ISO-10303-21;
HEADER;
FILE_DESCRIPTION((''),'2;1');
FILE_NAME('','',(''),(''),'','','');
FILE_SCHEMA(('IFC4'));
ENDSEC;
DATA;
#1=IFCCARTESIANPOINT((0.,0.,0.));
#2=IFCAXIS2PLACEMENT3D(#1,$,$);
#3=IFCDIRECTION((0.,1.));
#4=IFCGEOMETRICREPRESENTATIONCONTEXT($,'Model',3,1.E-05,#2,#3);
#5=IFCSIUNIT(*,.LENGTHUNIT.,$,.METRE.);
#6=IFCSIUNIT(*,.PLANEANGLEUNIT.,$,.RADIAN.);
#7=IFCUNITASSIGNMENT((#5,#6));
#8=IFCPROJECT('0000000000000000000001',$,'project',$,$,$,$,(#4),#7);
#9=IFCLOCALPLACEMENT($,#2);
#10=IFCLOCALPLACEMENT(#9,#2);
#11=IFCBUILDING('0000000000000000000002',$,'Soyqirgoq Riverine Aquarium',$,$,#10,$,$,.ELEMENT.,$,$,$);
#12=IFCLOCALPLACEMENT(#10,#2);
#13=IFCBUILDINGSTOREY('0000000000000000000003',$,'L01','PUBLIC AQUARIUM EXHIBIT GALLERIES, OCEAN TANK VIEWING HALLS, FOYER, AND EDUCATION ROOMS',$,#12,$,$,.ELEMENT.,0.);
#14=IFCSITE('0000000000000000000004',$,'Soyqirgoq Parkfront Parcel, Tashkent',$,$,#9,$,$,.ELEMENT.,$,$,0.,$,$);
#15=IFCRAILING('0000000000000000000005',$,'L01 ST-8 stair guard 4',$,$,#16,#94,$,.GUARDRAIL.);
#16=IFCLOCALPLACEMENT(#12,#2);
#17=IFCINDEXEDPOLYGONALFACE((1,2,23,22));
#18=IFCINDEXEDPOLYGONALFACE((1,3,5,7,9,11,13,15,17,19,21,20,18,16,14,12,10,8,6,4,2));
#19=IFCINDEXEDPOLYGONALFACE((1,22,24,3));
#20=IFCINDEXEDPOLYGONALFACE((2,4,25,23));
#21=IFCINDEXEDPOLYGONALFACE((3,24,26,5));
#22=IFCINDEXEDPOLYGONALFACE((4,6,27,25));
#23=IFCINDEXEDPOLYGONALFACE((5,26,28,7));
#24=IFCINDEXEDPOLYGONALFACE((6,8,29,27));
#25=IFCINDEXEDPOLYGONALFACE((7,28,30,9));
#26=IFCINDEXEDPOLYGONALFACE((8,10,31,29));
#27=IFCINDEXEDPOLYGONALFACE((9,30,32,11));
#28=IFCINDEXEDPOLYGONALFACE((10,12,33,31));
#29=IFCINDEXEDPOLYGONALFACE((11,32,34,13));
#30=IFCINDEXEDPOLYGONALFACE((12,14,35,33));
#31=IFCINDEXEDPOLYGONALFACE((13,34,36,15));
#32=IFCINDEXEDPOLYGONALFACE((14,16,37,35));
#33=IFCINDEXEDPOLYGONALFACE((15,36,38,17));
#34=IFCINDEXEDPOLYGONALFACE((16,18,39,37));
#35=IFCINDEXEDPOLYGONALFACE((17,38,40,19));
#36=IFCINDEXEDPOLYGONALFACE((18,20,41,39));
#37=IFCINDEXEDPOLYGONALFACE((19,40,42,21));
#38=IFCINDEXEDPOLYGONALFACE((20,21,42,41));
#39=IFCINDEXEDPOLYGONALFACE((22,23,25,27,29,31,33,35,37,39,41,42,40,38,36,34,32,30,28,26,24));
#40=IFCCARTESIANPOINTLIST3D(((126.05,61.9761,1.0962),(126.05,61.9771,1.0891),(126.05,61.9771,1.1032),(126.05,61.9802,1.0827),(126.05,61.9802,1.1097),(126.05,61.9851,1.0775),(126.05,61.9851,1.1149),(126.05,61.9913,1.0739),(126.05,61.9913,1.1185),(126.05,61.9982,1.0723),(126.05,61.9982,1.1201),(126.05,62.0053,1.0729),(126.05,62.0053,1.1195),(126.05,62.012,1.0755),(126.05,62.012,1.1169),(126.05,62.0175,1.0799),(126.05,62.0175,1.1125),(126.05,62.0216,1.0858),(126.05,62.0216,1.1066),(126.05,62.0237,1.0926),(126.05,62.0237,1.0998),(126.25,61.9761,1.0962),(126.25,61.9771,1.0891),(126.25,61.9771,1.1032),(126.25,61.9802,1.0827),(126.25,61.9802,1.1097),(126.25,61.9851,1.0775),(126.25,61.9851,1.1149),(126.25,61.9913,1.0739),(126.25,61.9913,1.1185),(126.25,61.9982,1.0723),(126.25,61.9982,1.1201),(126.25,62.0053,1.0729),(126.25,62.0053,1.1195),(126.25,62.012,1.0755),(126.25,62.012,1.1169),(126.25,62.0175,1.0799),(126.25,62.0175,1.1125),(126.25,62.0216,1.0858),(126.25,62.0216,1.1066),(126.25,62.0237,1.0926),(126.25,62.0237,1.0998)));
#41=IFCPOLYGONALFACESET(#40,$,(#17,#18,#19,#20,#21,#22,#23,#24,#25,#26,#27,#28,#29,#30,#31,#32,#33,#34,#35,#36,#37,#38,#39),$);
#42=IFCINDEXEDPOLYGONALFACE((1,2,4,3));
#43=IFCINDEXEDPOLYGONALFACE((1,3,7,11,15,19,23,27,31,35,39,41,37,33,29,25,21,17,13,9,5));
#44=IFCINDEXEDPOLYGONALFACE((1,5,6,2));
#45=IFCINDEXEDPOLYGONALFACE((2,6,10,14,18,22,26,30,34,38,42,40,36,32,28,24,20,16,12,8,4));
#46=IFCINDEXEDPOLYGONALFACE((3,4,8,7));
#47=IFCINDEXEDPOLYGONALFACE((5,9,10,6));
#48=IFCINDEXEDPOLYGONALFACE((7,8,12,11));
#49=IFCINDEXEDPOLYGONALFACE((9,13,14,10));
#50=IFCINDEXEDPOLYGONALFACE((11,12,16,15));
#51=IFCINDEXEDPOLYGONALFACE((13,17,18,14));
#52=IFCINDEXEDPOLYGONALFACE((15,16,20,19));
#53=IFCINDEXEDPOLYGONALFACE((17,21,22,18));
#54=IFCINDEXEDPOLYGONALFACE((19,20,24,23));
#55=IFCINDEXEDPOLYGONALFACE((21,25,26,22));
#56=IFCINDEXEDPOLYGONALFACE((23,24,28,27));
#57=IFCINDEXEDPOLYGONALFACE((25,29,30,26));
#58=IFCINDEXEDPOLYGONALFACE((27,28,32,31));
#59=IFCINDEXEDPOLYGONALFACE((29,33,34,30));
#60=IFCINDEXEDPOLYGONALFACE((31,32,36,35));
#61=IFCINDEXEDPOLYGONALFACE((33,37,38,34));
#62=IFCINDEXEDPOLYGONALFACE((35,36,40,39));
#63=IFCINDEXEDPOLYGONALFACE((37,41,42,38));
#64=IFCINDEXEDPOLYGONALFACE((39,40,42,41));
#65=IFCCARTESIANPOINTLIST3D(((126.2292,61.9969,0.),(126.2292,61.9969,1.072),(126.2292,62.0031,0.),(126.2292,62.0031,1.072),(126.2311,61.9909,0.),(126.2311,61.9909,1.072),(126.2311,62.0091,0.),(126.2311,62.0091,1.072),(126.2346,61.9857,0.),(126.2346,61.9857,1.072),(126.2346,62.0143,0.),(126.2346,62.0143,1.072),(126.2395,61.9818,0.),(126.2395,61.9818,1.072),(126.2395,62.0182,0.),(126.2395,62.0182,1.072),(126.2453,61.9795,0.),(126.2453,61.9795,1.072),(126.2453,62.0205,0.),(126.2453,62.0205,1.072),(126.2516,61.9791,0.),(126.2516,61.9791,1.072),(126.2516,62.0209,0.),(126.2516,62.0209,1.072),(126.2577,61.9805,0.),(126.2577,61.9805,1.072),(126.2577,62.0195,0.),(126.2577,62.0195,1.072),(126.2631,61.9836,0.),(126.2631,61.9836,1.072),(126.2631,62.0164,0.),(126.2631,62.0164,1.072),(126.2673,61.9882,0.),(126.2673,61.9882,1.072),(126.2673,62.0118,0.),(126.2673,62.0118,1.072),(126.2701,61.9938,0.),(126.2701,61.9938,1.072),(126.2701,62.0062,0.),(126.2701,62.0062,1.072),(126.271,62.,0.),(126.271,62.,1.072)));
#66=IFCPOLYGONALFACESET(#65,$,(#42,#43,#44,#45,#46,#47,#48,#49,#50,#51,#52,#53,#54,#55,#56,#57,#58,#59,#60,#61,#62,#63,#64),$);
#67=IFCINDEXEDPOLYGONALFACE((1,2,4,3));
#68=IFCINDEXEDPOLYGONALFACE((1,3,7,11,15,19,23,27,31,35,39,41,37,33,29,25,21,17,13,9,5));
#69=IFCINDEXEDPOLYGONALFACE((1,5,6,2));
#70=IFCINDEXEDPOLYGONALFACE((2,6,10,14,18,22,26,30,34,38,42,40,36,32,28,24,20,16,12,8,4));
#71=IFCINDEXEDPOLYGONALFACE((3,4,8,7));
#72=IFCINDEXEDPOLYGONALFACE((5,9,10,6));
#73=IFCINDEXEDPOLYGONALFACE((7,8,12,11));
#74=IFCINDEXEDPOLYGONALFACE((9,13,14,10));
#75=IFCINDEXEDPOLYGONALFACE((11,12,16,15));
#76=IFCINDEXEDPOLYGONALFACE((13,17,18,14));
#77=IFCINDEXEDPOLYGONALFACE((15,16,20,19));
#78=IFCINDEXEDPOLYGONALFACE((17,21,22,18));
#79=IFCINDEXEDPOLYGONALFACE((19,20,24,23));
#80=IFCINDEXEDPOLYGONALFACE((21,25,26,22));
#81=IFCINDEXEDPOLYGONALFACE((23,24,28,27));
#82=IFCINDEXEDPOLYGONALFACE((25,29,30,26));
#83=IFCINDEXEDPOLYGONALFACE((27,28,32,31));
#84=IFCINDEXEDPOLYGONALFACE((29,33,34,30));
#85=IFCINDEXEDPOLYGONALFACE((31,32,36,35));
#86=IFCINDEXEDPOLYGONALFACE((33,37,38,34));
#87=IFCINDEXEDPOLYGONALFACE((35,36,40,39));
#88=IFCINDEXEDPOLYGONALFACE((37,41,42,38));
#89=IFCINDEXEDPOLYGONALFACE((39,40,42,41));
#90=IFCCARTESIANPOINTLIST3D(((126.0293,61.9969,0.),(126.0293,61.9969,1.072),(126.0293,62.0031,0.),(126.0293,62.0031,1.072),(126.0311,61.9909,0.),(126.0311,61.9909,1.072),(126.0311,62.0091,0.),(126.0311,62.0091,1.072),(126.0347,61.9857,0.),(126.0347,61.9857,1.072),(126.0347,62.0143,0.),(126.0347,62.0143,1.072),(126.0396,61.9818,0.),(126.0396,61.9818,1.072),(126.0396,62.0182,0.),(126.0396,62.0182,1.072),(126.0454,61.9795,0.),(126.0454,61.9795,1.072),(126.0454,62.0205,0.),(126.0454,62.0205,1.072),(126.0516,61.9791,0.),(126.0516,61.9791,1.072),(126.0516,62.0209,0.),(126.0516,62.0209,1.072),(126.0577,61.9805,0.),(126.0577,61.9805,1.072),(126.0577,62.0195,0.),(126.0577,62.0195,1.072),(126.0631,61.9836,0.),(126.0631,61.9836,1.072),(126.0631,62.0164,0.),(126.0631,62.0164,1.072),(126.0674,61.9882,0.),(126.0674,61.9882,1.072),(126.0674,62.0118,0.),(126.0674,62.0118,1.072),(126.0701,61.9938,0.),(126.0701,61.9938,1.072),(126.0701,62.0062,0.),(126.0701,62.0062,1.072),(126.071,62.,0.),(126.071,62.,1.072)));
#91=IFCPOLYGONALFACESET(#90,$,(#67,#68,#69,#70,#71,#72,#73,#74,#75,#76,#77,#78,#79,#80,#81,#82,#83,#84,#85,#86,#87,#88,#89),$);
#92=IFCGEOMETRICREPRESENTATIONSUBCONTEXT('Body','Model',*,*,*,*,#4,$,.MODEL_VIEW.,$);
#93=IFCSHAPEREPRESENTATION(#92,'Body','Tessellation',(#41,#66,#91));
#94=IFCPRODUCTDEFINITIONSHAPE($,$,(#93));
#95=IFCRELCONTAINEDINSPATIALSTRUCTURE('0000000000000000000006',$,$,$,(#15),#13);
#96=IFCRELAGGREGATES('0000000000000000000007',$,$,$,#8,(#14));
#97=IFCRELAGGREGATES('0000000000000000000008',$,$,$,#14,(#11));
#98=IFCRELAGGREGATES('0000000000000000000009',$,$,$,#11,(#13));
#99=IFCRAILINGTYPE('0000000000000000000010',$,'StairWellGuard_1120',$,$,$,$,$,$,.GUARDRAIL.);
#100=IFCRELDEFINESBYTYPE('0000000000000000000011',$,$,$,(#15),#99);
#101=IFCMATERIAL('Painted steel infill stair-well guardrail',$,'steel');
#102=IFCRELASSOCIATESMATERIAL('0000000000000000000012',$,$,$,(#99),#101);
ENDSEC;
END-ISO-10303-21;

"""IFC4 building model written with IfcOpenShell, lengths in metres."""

from ifc_helpers import new_model, si_unit, direction, frame, origin, origin_2d, place, context, subcontext, project, spatial, circle, extrude, material, type_object, element, save


model = new_model("IFC4")

# Units and contexts
model_context = context("Model", 3, precision=1e-05, world=origin(), true_north=direction((0.0, 1.0)))
body_context = subcontext(model_context, "Body", "Model", "MODEL_VIEW")
ifc_project = project(units=[si_unit("LENGTHUNIT", "METRE"), si_unit("PLANEANGLEUNIT", "RADIAN")], contexts=[model_context])

# Site, building, storey
site_placement = place(None, origin())
site = spatial("IfcSite", under=ifc_project, at=site_placement, Name="Soyqirgoq Parkfront Parcel, Tashkent", CompositionType="ELEMENT", RefElevation=0.0)
building_placement = place(site_placement, origin())
building = spatial("IfcBuilding", under=site, at=building_placement, Name="Soyqirgoq Riverine Aquarium", CompositionType="ELEMENT")
storey_placement = place(building_placement, origin())
storey = spatial("IfcBuildingStorey", under=building, at=storey_placement, Name="L01", Description="PUBLIC AQUARIUM EXHIBIT GALLERIES, OCEAN TANK VIEWING HALLS, FOYER, AND EDUCATION ROOMS", CompositionType="ELEMENT", Elevation=0.0)

# Railing
ifc_material_1 = material(Name="Painted steel infill stair-well guardrail", Category="steel")
railing_type_1 = type_object("IfcRailingType", Name="StairWellGuard_1120", PredefinedType="GUARDRAIL", material=ifc_material_1)
railing_1_placement = place(storey_placement, frame((126.25, 62.0, 0.0)))
element("IfcRailing", 1, at=railing_1_placement, inside=storey, type_object=railing_type_1, Name="L01 ST-8 stair guard 4", PredefinedType="GUARDRAIL", context=body_context, shape_type="SweptSolid", body=[
    extrude(circle(Radius=0.0239, at=origin_2d()), frame((0.0, 0.0, 1.0962), z_axis=(-1.0, 0.0, 0.0), x_axis=(0.0, -1.0, 0.0)), (0.0, 0.0, 1.0), 0.2),
    extrude(circle(Radius=0.021, at=origin_2d()), origin(), (0.0, 0.0, 1.0), 1.072),
    extrude(circle(Radius=0.021, at=origin_2d()), frame((-0.2, 0.0, 0.0)), (0.0, 0.0, 1.0), 1.072),
])

save(model, "model.ifc")
